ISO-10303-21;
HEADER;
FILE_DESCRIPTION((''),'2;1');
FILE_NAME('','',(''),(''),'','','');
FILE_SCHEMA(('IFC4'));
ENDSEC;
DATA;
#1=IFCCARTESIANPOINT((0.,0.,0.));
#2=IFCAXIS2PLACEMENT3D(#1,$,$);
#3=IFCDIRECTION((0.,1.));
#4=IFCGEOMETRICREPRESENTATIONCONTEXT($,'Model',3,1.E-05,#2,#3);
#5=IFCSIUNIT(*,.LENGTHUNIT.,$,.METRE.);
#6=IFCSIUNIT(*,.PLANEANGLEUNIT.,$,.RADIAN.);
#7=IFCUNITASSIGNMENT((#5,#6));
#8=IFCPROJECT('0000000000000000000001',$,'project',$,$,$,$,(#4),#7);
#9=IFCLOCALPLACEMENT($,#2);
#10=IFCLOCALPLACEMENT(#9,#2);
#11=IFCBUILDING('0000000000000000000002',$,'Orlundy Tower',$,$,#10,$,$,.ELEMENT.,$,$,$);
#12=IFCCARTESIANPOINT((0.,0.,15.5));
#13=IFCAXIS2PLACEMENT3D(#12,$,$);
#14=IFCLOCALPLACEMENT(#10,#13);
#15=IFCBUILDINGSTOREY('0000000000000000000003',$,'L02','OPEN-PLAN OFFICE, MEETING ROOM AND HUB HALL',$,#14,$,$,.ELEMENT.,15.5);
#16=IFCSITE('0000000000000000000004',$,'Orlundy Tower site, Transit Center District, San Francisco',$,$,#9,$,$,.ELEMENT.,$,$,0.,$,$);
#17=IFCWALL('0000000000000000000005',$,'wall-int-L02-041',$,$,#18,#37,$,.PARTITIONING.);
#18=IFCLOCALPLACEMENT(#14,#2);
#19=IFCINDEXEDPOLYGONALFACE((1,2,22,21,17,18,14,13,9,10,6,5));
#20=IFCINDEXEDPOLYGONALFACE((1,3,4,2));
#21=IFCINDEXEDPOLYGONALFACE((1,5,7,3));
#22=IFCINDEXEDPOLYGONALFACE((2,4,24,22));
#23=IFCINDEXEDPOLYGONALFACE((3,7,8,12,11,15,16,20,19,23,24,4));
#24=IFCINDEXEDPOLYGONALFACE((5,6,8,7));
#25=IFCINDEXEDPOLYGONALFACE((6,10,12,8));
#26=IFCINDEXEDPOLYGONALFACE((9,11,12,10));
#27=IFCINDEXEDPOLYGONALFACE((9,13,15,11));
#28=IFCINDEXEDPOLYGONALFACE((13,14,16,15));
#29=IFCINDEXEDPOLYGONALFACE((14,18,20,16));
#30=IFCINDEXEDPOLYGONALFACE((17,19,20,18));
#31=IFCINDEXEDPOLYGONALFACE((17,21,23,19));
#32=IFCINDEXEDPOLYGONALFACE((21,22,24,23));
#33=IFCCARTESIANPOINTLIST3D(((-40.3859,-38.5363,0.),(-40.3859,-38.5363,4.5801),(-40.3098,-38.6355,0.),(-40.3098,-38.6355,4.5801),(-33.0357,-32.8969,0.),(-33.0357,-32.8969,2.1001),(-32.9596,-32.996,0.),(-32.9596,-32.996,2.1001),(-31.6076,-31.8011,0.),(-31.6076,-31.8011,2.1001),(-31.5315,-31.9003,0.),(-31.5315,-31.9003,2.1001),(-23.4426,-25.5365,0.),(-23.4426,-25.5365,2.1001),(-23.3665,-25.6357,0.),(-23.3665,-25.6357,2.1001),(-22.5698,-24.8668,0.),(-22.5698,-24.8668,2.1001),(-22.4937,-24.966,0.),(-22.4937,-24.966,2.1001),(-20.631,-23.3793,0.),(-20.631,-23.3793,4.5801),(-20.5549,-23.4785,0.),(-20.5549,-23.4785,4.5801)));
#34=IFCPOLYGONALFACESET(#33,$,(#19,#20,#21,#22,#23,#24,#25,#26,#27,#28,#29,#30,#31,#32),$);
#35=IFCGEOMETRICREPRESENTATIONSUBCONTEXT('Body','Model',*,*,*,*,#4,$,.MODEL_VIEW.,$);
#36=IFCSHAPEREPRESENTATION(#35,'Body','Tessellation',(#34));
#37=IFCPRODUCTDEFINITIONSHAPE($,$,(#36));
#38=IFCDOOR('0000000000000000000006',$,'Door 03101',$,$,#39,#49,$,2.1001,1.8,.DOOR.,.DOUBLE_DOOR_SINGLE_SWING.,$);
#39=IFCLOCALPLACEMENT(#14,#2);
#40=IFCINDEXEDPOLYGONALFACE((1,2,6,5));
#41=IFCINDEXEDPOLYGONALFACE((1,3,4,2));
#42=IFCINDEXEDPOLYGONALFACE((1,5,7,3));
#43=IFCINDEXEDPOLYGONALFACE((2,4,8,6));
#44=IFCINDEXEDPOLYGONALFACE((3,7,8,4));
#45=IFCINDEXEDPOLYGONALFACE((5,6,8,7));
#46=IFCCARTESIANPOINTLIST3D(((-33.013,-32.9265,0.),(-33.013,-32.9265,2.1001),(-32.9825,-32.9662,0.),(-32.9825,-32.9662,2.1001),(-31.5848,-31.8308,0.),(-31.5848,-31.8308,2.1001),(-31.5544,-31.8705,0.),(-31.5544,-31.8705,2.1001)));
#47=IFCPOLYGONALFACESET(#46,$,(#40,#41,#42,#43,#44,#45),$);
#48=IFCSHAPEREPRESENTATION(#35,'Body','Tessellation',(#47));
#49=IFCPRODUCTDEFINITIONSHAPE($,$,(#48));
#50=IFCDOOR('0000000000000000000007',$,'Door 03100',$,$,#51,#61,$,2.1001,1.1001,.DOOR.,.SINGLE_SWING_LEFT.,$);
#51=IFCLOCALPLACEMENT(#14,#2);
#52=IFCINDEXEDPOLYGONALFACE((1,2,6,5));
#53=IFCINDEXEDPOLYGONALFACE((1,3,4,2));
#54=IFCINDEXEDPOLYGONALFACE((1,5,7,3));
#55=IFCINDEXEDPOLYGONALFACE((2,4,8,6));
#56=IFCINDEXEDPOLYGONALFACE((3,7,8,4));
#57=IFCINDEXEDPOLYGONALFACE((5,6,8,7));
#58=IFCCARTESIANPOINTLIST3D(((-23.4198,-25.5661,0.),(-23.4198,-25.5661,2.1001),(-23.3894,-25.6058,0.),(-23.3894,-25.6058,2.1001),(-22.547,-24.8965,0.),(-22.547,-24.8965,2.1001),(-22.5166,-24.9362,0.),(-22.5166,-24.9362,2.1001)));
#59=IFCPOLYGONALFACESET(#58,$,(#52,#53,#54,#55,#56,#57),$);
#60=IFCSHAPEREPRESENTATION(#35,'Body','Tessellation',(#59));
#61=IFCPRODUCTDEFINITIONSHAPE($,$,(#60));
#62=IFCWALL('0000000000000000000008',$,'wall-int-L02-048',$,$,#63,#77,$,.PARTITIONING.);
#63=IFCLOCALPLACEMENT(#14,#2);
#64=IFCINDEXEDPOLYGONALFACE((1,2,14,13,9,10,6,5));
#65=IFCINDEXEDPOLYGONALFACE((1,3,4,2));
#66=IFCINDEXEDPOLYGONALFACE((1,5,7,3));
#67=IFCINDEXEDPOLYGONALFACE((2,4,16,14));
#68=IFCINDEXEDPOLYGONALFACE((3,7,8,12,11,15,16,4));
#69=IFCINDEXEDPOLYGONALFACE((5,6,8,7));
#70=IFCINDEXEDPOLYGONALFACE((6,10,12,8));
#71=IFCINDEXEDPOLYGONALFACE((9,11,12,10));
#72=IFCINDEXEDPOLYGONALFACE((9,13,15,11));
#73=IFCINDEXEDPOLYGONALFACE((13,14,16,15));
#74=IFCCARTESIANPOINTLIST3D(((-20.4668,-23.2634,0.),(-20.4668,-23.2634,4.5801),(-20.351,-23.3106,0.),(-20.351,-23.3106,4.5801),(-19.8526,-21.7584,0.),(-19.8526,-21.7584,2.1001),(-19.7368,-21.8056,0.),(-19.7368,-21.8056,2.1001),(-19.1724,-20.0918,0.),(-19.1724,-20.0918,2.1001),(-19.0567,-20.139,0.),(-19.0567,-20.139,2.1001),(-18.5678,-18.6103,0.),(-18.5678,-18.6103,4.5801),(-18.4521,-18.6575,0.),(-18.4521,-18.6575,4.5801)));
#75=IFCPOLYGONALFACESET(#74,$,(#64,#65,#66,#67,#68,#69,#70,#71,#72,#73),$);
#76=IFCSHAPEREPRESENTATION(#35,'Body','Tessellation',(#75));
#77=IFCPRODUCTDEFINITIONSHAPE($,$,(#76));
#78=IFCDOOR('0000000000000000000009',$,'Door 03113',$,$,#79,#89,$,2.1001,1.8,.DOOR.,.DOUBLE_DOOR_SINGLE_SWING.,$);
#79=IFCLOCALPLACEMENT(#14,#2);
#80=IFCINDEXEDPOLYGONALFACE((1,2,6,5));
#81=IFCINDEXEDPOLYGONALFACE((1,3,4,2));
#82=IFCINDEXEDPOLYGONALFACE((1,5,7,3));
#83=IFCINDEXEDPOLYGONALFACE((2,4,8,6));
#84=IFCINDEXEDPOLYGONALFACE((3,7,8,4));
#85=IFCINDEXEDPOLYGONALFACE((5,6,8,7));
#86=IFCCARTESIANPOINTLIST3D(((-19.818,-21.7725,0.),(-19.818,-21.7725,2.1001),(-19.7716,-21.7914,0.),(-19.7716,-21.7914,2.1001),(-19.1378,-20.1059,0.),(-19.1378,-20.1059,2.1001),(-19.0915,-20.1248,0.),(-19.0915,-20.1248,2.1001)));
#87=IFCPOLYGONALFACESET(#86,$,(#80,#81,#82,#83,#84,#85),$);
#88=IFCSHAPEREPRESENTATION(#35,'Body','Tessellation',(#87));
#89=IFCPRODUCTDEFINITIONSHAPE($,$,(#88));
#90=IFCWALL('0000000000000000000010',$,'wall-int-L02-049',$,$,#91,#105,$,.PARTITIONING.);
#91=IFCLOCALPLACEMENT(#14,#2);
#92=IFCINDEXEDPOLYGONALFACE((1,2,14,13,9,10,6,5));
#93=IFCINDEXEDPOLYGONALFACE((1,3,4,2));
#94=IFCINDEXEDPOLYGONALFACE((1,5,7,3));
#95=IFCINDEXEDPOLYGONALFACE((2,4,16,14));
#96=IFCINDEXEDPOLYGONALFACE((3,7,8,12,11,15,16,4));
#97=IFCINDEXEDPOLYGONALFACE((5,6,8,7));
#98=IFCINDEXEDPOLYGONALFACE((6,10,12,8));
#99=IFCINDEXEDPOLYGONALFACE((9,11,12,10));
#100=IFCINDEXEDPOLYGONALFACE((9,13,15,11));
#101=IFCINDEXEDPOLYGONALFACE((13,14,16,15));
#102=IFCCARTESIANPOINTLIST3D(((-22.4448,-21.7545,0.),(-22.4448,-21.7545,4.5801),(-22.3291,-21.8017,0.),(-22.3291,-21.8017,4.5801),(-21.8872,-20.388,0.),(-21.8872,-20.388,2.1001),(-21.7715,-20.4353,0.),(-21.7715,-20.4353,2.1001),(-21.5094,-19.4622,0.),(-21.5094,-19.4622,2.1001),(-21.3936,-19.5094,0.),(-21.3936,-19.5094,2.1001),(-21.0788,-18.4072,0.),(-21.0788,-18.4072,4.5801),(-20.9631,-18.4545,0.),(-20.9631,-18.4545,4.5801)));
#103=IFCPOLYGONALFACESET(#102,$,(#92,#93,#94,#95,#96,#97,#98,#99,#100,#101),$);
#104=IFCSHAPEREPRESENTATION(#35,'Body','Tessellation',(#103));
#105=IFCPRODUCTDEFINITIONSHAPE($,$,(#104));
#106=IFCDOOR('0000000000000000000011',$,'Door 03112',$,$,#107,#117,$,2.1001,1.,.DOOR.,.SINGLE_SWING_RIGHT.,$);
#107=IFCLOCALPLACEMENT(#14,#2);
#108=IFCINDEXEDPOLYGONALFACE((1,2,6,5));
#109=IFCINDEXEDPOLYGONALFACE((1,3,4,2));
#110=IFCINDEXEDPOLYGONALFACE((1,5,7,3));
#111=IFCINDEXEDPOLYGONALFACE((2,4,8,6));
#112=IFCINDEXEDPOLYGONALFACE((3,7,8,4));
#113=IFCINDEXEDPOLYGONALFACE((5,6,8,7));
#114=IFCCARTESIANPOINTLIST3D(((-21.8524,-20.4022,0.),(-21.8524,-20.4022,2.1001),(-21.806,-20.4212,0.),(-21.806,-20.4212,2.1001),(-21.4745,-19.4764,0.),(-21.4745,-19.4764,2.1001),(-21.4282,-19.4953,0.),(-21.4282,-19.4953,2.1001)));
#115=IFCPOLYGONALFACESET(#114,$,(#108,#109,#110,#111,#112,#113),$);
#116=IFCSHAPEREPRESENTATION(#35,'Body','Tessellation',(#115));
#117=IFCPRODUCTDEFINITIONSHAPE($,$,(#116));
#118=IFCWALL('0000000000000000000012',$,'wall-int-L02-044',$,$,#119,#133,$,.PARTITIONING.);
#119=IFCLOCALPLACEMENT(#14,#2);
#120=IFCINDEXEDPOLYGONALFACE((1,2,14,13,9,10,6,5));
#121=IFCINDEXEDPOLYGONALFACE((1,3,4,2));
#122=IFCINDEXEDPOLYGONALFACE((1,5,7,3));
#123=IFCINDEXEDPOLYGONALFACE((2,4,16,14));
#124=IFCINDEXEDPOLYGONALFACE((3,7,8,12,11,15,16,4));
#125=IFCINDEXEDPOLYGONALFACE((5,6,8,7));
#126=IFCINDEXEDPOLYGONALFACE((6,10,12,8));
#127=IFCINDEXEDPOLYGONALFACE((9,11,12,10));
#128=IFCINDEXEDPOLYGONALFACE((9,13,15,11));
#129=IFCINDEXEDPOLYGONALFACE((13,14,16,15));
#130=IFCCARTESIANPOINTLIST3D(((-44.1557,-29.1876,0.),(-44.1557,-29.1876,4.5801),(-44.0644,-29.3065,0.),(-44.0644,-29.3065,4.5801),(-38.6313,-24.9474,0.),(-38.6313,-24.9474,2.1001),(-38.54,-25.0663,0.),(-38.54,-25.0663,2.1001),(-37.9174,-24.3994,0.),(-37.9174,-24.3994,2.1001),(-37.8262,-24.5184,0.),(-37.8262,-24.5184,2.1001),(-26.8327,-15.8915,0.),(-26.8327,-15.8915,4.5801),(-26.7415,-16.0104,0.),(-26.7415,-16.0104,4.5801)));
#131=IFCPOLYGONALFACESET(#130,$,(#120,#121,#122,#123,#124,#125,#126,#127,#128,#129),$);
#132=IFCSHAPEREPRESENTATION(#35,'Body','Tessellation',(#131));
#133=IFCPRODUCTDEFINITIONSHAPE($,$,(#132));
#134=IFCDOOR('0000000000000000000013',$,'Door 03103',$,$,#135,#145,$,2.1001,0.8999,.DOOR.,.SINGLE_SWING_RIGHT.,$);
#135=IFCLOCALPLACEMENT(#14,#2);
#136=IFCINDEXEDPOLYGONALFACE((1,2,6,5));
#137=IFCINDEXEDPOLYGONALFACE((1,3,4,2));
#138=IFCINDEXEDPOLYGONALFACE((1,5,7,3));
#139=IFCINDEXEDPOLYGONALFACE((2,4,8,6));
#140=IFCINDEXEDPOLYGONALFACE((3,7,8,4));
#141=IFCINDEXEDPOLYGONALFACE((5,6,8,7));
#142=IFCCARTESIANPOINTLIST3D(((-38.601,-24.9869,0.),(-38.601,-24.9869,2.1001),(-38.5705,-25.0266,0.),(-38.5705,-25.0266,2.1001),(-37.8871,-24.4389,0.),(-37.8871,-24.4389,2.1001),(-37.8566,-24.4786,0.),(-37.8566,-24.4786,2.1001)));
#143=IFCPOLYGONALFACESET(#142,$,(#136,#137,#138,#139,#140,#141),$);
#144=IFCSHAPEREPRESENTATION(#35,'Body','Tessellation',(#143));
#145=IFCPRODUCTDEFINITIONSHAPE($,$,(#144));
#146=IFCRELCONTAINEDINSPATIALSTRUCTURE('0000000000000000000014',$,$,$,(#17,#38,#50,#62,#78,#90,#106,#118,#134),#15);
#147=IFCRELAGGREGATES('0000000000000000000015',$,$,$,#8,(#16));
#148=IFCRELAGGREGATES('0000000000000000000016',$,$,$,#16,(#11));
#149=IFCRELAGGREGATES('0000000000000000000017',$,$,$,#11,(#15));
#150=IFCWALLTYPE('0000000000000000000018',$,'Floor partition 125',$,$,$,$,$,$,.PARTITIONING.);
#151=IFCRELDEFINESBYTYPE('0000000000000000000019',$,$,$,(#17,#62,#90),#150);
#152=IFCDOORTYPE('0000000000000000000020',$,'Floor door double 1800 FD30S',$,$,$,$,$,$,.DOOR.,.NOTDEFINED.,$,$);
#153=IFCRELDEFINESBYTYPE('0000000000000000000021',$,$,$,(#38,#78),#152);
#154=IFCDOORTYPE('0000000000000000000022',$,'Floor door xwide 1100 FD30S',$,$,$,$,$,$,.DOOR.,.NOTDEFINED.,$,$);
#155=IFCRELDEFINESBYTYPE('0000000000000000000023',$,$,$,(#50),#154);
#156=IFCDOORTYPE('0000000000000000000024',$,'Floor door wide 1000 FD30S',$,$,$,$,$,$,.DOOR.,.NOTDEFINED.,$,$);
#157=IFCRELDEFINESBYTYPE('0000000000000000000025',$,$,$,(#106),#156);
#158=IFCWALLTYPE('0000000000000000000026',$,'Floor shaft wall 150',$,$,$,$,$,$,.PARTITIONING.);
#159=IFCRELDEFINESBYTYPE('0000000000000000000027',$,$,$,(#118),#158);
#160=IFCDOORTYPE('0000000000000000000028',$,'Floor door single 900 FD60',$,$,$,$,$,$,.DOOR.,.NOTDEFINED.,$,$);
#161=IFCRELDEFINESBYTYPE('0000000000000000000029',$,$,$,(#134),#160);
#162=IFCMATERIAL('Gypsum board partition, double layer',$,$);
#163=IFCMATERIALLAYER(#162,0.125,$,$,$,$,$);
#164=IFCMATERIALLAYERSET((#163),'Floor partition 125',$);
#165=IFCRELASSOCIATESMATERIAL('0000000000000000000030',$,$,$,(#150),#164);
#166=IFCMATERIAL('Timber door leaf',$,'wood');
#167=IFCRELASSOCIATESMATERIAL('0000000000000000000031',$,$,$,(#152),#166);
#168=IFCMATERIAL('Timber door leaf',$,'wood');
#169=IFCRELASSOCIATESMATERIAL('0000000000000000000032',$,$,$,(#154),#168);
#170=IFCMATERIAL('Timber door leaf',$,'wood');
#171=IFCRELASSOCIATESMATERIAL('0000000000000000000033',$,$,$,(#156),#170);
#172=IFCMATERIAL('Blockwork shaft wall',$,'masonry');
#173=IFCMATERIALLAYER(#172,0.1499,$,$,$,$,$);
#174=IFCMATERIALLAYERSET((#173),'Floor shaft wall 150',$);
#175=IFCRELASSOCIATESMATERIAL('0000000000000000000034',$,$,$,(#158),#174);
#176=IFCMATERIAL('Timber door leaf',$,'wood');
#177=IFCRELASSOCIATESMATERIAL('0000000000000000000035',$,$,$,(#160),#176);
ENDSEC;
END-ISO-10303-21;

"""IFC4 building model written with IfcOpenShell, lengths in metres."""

from ifc_helpers import new_model, si_unit, direction, frame, frame_2d, origin, place, context, subcontext, project, spatial, rectangle, extrude, material, layer, layer_set, type_object, element, fill, save


model = new_model("IFC4")

# Units and contexts
model_context = context("Model", 3, precision=1e-05, world=origin(), true_north=direction((0.0, 1.0)))
body_context = subcontext(model_context, "Body", "Model", "MODEL_VIEW")
ifc_project = project(units=[si_unit("LENGTHUNIT", "METRE"), si_unit("PLANEANGLEUNIT", "RADIAN")], contexts=[model_context])

# Site, building, storey
site_placement = place(None, origin())
site = spatial("IfcSite", under=ifc_project, at=site_placement, Name="Orlundy Tower site, Transit Center District, San Francisco", CompositionType="ELEMENT", RefElevation=0.0)
building_placement = place(site_placement, origin())
building = spatial("IfcBuilding", under=site, at=building_placement, Name="Orlundy Tower", CompositionType="ELEMENT")
storey_placement = place(building_placement, frame((0.0, 0.0, 15.5)))
storey = spatial("IfcBuildingStorey", under=building, at=storey_placement, Name="L02", Description="OPEN-PLAN OFFICE, MEETING ROOM AND HUB HALL", CompositionType="ELEMENT", Elevation=15.5)

# Shared definitions
ifc_material_1 = material(Name="Gypsum board partition, double layer")
ifc_layer_1 = layer(ifc_material_1, 0.125)
ifc_layer_set_1 = layer_set([ifc_layer_1], Name="Floor partition 125")
wall_type_1 = type_object("IfcWallType", Name="Floor partition 125", PredefinedType="PARTITIONING", material=ifc_layer_set_1)

# Shared definitions
ifc_material_2 = material(Name="Timber door leaf", Category="wood")
door_type_1 = type_object("IfcDoorType", Name="Floor door double 1800 FD30S", OperationType="NOTDEFINED", PredefinedType="DOOR", material=ifc_material_2)

# Wall, openings, doors
wall_1_placement = place(storey_placement, frame((-20.593, -23.429, 0.0), z_axis=(0.0, 0.0, 1.0), x_axis=(-0.793382, -0.608724, 0.0)))
wall_1 = element("IfcWall", 1, at=wall_1_placement, inside=storey, type_object=wall_type_1, Name="wall-int-L02-041", PredefinedType="PARTITIONING", context=body_context, shape_type="SweptSolid", body=[
    extrude(rectangle(XDim=24.8997, YDim=0.125, at=frame_2d((12.4497, 0.0))), origin(), (0.0, 0.0, 1.0), 4.5801),
])
opening_1_placement = place(wall_1_placement, frame((2.4436, 0.0, 0.0)))
opening_1 = element("IfcOpeningElement", 2, at=opening_1_placement, cuts=wall_1, PredefinedType="OPENING", context=body_context, shape_type="SweptSolid", body=[
    extrude(rectangle(XDim=1.1001, YDim=2.1001, at=frame_2d((0.55, 1.05))), frame((0.0, 0.0725, 0.0), z_axis=(0.0, -1.0, 0.0), x_axis=(1.0, 0.0, 0.0)), (0.0, 0.0, 1.0), 0.145),
])
opening_2_placement = place(wall_1_placement, frame((13.8352, 0.0, 0.0)))
opening_2 = element("IfcOpeningElement", 3, at=opening_2_placement, cuts=wall_1, PredefinedType="OPENING", context=body_context, shape_type="SweptSolid", body=[
    extrude(rectangle(XDim=1.8, YDim=2.1001, at=frame_2d((0.8999, 1.05))), frame((0.0, 0.0725, 0.0), z_axis=(0.0, -1.0, 0.0), x_axis=(1.0, 0.0, 0.0)), (0.0, 0.0, 1.0), 0.145),
])
door_1_placement = place(opening_2_placement, origin())
door_1 = element("IfcDoor", 4, at=door_1_placement, inside=storey, type_object=door_type_1, Name="Door 03101", OperationType="DOUBLE_DOOR_SINGLE_SWING", OverallHeight=2.1001, OverallWidth=1.8, PredefinedType="DOOR", context=body_context, shape_type="SweptSolid", body=[
    extrude(rectangle(XDim=1.8, YDim=2.1001, at=frame_2d((0.8999, 1.05))), frame((0.0, 0.0249, 0.0), z_axis=(0.0, -1.0, 0.0), x_axis=(1.0, 0.0, 0.0)), (0.0, 0.0, 1.0), 0.05),
])
fill(opening_2, door_1)
ifc_material_3 = material(Name="Timber door leaf", Category="wood")
door_type_2 = type_object("IfcDoorType", Name="Floor door xwide 1100 FD30S", OperationType="NOTDEFINED", PredefinedType="DOOR", material=ifc_material_3)
door_2_placement = place(opening_1_placement, origin())
door_2 = element("IfcDoor", 5, at=door_2_placement, inside=storey, type_object=door_type_2, Name="Door 03100", OperationType="SINGLE_SWING_LEFT", OverallHeight=2.1001, OverallWidth=1.1001, PredefinedType="DOOR", context=body_context, shape_type="SweptSolid", body=[
    extrude(rectangle(XDim=1.1001, YDim=2.1001, at=frame_2d((0.55, 1.05))), frame((0.0, 0.0249, 0.0), z_axis=(0.0, -1.0, 0.0), x_axis=(1.0, 0.0, 0.0)), (0.0, 0.0, 1.0), 0.05),
])
fill(opening_1, door_2)

# Walls, openings, doors
wall_2_placement = place(storey_placement, frame((-18.51, -18.634, 0.0), z_axis=(0.0, 0.0, 1.0), x_axis=(-0.377848, -0.925868, 0.0)))
wall_2 = element("IfcWall", 6, at=wall_2_placement, inside=storey, type_object=wall_type_1, Name="wall-int-L02-048", PredefinedType="PARTITIONING", context=body_context, shape_type="SweptSolid", body=[
    extrude(rectangle(XDim=5.0256, YDim=0.125, at=frame_2d((2.5127, 0.0))), origin(), (0.0, 0.0, 1.0), 4.5801),
])
opening_3_placement = place(wall_2_placement, frame((1.6001, 0.0, 0.0)))
opening_3 = element("IfcOpeningElement", 7, at=opening_3_placement, cuts=wall_2, PredefinedType="OPENING", context=body_context, shape_type="SweptSolid", body=[
    extrude(rectangle(XDim=1.8, YDim=2.1001, at=frame_2d((0.8999, 1.05))), frame((0.0, 0.0725, 0.0), z_axis=(0.0, -1.0, 0.0), x_axis=(1.0, 0.0, 0.0)), (0.0, 0.0, 1.0), 0.145),
])
door_3_placement = place(opening_3_placement, origin())
door_3 = element("IfcDoor", 8, at=door_3_placement, inside=storey, type_object=door_type_1, Name="Door 03113", OperationType="DOUBLE_DOOR_SINGLE_SWING", OverallHeight=2.1001, OverallWidth=1.8, PredefinedType="DOOR", context=body_context, shape_type="SweptSolid", body=[
    extrude(rectangle(XDim=1.8, YDim=2.1001, at=frame_2d((0.8999, 1.05))), frame((0.0, 0.0249, 0.0), z_axis=(0.0, -1.0, 0.0), x_axis=(1.0, 0.0, 0.0)), (0.0, 0.0, 1.0), 0.05),
])
fill(opening_3, door_3)
wall_3_placement = place(storey_placement, frame((-22.387, -21.7781, 0.0), z_axis=(0.0, 0.0, 1.0), x_axis=(0.377844, 0.925869, 0.0)))
wall_3 = element("IfcWall", 9, at=wall_3_placement, inside=storey, type_object=wall_type_1, Name="wall-int-L02-049", PredefinedType="PARTITIONING", context=body_context, shape_type="SweptSolid", body=[
    extrude(rectangle(XDim=3.6152, YDim=0.125, at=frame_2d((1.8076, 0.0))), origin(), (0.0, 0.0, 1.0), 4.5801),
])
opening_4_placement = place(wall_3_placement, frame((1.4758, 0.0, 0.0)))
opening_4 = element("IfcOpeningElement", 10, at=opening_4_placement, cuts=wall_3, PredefinedType="OPENING", context=body_context, shape_type="SweptSolid", body=[
    extrude(rectangle(XDim=1.0, YDim=2.1001, at=frame_2d((0.5, 1.05))), frame((0.0, 0.0725, 0.0), z_axis=(0.0, -1.0, 0.0), x_axis=(1.0, 0.0, 0.0)), (0.0, 0.0, 1.0), 0.145),
])
ifc_material_4 = material(Name="Timber door leaf", Category="wood")
door_type_3 = type_object("IfcDoorType", Name="Floor door wide 1000 FD30S", OperationType="NOTDEFINED", PredefinedType="DOOR", material=ifc_material_4)
door_4_placement = place(opening_4_placement, origin())
door_4 = element("IfcDoor", 11, at=door_4_placement, inside=storey, type_object=door_type_3, Name="Door 03112", OperationType="SINGLE_SWING_RIGHT", OverallHeight=2.1001, OverallWidth=1.0, PredefinedType="DOOR", context=body_context, shape_type="SweptSolid", body=[
    extrude(rectangle(XDim=1.0, YDim=2.1001, at=frame_2d((0.5, 1.05))), frame((0.0, 0.0249, 0.0), z_axis=(0.0, -1.0, 0.0), x_axis=(1.0, 0.0, 0.0)), (0.0, 0.0, 1.0), 0.05),
])
fill(opening_4, door_4)
ifc_material_5 = material(Name="Blockwork shaft wall", Category="masonry")
ifc_layer_2 = layer(ifc_material_5, 0.1499)
ifc_layer_set_2 = layer_set([ifc_layer_2], Name="Floor shaft wall 150")
wall_type_2 = type_object("IfcWallType", Name="Floor shaft wall 150", PredefinedType="PARTITIONING", material=ifc_layer_set_2)
wall_4_placement = place(storey_placement, frame((-26.7871, -15.9509, 0.0), z_axis=(0.0, 0.0, 1.0), x_axis=(-0.793271, -0.608869, 0.0)))
wall_4 = element("IfcWall", 12, at=wall_4_placement, inside=storey, type_object=wall_type_2, Name="wall-int-L02-044", PredefinedType="PARTITIONING", context=body_context, shape_type="SweptSolid", body=[
    extrude(rectangle(XDim=21.8374, YDim=0.1499, at=frame_2d((10.9187, 0.0))), origin(), (0.0, 0.0, 1.0), 4.5801),
])
opening_5_placement = place(wall_4_placement, frame((13.9734, 0.0, 0.0)))
opening_5 = element("IfcOpeningElement", 13, at=opening_5_placement, cuts=wall_4, PredefinedType="OPENING", context=body_context, shape_type="SweptSolid", body=[
    extrude(rectangle(XDim=0.8999, YDim=2.1001, at=frame_2d((0.45, 1.05))), frame((0.0, 0.085, 0.0), z_axis=(0.0, -1.0, 0.0), x_axis=(1.0, 0.0, 0.0)), (0.0, 0.0, 1.0), 0.1699),
])
ifc_material_6 = material(Name="Timber door leaf", Category="wood")
door_type_4 = type_object("IfcDoorType", Name="Floor door single 900 FD60", OperationType="NOTDEFINED", PredefinedType="DOOR", material=ifc_material_6)
door_5_placement = place(opening_5_placement, origin())
door_5 = element("IfcDoor", 14, at=door_5_placement, inside=storey, type_object=door_type_4, Name="Door 03103", OperationType="SINGLE_SWING_RIGHT", OverallHeight=2.1001, OverallWidth=0.8999, PredefinedType="DOOR", context=body_context, shape_type="SweptSolid", body=[
    extrude(rectangle(XDim=0.8999, YDim=2.1001, at=frame_2d((0.45, 1.05))), frame((0.0, 0.0249, 0.0), z_axis=(0.0, -1.0, 0.0), x_axis=(1.0, 0.0, 0.0)), (0.0, 0.0, 1.0), 0.05),
])
fill(opening_5, door_5)

save(model, "model.ifc")
